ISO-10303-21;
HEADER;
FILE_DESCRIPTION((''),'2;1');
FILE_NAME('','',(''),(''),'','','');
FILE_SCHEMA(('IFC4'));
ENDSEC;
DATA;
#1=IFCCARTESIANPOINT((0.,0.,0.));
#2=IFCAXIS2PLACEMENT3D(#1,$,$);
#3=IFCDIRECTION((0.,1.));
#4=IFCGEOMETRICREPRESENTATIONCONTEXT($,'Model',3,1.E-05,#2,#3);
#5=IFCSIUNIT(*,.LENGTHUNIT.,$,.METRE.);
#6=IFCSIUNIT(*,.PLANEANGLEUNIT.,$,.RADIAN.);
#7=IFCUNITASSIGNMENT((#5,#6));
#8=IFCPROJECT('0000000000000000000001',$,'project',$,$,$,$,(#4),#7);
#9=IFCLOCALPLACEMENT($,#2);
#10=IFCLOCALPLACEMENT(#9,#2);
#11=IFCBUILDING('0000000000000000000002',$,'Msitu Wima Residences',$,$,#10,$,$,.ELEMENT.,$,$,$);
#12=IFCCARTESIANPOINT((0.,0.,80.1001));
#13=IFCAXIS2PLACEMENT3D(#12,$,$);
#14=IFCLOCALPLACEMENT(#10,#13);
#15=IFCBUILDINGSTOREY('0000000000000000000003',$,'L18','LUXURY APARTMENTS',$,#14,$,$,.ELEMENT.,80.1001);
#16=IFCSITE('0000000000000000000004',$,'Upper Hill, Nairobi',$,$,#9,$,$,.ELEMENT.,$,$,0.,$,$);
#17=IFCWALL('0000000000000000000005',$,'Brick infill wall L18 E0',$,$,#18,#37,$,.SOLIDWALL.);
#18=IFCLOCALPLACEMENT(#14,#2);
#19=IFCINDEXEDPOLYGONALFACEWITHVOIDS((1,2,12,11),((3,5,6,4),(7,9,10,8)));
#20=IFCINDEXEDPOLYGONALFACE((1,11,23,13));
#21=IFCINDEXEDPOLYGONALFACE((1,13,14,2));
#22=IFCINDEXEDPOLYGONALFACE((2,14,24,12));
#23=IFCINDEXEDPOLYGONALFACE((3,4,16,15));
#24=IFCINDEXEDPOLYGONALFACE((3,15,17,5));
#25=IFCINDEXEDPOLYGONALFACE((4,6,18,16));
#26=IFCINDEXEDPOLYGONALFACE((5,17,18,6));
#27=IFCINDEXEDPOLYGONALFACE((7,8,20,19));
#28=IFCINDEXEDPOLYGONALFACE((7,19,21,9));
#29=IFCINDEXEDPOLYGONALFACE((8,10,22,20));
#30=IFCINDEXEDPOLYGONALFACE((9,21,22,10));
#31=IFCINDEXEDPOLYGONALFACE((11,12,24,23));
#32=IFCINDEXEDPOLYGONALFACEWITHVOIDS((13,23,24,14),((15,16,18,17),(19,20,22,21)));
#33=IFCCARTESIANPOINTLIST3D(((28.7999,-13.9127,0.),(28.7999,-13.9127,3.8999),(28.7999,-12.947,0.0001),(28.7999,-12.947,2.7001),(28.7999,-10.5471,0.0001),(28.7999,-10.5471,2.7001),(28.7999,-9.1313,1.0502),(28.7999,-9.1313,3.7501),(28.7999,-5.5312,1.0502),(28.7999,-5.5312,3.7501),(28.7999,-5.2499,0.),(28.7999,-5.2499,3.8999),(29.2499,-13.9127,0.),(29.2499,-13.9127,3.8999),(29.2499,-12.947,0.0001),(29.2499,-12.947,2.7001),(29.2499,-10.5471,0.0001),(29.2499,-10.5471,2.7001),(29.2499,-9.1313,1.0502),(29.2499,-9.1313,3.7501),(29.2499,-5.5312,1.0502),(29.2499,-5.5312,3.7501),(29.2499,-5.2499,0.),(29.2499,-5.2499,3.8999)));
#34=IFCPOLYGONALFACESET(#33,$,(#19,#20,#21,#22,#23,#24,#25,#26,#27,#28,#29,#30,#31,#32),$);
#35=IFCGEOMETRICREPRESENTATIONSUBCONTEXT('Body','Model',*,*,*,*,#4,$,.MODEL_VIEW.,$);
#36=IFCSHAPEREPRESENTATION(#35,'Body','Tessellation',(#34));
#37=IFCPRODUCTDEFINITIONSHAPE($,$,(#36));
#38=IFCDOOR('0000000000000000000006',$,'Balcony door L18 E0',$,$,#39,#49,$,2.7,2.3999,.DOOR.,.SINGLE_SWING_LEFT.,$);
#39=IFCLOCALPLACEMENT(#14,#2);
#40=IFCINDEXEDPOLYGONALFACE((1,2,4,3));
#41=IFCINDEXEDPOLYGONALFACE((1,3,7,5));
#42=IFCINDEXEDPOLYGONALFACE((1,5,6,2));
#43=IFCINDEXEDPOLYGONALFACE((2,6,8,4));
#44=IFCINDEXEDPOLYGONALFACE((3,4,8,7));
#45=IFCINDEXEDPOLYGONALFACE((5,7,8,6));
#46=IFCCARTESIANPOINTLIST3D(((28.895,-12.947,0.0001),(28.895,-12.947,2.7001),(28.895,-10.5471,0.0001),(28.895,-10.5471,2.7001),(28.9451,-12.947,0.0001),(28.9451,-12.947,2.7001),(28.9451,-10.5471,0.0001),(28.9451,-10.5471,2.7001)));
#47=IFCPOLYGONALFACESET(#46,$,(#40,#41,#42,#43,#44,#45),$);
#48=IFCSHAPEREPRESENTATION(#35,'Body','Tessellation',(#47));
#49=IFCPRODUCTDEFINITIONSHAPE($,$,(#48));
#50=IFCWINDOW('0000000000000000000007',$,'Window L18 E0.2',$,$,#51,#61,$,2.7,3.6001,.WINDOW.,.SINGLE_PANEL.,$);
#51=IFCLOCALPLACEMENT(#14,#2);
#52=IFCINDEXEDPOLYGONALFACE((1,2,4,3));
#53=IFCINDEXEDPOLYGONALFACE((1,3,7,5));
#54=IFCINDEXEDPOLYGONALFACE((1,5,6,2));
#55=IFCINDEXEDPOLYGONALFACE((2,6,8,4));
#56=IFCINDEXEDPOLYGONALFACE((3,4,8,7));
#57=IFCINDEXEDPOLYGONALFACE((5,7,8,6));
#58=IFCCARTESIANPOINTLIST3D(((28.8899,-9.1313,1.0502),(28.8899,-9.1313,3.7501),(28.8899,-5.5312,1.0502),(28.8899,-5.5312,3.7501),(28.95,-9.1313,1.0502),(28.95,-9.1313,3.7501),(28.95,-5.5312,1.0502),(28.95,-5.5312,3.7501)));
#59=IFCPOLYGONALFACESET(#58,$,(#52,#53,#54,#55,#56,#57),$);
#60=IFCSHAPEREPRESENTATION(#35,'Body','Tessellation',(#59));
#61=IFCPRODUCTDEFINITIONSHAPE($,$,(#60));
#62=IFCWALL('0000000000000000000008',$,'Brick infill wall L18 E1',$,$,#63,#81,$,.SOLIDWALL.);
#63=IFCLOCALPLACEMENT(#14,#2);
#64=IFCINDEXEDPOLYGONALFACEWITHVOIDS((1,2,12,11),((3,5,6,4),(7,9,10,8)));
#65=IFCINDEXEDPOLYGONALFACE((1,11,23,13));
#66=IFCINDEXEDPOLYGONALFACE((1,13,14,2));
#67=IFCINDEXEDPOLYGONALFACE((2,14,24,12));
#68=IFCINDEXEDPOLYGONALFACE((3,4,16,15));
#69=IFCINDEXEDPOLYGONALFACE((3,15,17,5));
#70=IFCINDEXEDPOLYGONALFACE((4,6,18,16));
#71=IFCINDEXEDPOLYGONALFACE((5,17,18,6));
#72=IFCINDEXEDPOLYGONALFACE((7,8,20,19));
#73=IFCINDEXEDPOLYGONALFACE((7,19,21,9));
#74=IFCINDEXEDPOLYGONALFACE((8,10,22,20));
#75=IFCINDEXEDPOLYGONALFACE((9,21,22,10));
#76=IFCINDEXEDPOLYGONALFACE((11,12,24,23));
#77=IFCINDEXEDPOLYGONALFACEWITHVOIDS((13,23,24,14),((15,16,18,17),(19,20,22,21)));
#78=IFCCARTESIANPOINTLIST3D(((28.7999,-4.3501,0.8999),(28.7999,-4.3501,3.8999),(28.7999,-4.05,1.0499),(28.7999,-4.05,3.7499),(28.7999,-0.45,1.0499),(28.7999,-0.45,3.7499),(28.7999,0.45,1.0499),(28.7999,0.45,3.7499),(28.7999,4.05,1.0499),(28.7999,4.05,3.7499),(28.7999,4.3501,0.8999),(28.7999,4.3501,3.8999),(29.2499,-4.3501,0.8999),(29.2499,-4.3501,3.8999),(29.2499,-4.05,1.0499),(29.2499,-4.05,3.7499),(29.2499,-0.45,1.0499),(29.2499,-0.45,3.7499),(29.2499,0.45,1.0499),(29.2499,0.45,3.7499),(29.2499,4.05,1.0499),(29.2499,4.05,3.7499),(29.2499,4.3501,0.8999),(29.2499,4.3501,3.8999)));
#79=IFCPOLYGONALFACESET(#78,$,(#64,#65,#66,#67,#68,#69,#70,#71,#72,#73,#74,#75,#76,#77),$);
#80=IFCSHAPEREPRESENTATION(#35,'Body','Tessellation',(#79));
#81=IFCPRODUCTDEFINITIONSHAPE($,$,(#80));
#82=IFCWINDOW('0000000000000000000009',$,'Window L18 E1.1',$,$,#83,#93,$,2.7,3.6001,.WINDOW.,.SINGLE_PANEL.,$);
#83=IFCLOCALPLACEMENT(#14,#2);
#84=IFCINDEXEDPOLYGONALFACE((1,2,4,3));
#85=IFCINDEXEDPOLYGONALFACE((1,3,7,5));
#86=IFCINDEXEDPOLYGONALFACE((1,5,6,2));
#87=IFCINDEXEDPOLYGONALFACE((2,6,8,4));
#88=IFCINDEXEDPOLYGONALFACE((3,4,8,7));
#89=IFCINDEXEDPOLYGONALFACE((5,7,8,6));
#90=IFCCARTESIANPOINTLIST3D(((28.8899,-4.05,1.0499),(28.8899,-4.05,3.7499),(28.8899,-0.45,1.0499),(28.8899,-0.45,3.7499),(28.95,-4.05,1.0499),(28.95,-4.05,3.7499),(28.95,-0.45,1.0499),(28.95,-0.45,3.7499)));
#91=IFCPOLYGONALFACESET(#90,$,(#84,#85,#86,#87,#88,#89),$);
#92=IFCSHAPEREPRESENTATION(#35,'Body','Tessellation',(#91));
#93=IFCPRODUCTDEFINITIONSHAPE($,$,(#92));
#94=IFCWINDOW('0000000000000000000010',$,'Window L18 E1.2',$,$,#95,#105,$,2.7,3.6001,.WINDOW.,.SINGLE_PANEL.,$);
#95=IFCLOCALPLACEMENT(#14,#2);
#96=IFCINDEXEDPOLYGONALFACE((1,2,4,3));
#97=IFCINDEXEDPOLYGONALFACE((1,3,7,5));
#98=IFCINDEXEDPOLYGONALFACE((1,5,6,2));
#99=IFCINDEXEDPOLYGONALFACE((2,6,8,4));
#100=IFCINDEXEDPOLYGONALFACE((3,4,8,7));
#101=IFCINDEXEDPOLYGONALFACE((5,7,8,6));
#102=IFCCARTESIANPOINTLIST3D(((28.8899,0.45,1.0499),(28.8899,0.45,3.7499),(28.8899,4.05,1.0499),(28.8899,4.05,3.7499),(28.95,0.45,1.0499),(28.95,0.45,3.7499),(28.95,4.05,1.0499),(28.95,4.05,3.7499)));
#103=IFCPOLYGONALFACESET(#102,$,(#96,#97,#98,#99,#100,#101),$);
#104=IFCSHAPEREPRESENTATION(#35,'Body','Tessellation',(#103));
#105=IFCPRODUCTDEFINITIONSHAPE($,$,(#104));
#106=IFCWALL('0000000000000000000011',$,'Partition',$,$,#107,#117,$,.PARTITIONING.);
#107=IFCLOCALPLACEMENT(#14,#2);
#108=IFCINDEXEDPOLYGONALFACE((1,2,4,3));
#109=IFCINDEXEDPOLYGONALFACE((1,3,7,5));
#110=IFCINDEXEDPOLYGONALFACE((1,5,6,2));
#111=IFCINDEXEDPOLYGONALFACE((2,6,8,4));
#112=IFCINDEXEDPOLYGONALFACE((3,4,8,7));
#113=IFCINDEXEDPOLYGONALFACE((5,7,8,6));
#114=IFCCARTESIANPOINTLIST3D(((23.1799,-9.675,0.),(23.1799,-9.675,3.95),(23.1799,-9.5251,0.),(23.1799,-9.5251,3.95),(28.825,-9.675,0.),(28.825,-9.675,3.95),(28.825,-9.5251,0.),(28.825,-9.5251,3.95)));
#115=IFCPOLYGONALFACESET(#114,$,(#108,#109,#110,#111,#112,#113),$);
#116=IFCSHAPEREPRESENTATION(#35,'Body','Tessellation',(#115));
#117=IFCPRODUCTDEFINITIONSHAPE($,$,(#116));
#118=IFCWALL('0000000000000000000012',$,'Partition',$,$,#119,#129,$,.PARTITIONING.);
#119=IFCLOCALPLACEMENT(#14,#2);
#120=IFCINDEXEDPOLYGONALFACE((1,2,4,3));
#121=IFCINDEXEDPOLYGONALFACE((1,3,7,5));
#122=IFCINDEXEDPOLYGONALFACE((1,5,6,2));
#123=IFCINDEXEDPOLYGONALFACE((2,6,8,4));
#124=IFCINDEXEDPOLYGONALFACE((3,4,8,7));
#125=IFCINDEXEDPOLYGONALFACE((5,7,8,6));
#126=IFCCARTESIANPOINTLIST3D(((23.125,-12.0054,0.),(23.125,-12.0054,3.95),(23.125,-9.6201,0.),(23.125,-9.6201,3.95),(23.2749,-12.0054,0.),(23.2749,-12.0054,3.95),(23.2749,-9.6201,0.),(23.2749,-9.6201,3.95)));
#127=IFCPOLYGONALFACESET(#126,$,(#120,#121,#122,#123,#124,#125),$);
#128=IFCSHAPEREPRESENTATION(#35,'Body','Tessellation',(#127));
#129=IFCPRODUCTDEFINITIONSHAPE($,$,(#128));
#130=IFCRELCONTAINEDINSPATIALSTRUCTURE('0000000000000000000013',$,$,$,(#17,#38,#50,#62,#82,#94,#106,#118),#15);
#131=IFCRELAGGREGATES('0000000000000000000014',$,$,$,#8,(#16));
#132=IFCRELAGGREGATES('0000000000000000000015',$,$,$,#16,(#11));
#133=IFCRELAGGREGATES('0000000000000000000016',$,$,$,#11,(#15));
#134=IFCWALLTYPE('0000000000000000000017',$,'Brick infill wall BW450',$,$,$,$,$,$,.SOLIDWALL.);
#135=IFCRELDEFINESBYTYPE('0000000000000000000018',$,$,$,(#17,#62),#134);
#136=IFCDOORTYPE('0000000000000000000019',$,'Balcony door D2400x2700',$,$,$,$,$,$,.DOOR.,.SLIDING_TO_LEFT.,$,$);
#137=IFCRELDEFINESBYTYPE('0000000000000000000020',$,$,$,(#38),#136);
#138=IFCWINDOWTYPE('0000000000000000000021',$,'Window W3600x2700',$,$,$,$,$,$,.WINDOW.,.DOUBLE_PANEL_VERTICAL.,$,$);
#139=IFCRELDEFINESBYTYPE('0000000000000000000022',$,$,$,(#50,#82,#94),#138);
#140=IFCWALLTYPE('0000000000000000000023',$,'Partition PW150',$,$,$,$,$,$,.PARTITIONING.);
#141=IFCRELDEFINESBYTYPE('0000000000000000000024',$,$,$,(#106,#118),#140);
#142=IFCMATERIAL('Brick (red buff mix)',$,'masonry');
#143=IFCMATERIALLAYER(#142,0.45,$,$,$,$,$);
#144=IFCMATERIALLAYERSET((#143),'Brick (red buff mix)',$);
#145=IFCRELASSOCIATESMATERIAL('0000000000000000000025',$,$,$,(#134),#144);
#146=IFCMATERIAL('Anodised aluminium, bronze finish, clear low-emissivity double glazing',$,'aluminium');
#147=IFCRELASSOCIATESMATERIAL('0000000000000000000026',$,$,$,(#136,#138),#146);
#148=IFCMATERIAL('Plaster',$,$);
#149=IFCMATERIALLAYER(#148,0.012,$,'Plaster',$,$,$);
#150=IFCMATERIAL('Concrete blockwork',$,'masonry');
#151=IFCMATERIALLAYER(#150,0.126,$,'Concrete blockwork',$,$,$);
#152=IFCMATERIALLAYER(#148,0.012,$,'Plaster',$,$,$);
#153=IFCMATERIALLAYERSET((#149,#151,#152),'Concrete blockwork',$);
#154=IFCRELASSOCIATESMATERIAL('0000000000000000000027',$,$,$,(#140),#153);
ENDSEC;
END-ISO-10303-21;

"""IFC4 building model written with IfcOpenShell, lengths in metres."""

from ifc_helpers import new_model, si_unit, direction, frame, frame_2d, origin, place, context, subcontext, project, spatial, rectangle, extrude, material, layer, layer_set, type_object, element, fill, save


model = new_model("IFC4")

# Units and contexts
model_context = context("Model", 3, precision=1e-05, world=origin(), true_north=direction((0.0, 1.0)))
body_context = subcontext(model_context, "Body", "Model", "MODEL_VIEW")
ifc_project = project(units=[si_unit("LENGTHUNIT", "METRE"), si_unit("PLANEANGLEUNIT", "RADIAN")], contexts=[model_context])

# Site, building, storey
site_placement = place(None, origin())
site = spatial("IfcSite", under=ifc_project, at=site_placement, Name="Upper Hill, Nairobi", CompositionType="ELEMENT", RefElevation=0.0)
building_placement = place(site_placement, origin())
building = spatial("IfcBuilding", under=site, at=building_placement, Name="Msitu Wima Residences", CompositionType="ELEMENT")
storey_placement = place(building_placement, frame((0.0, 0.0, 80.1001)))
storey = spatial("IfcBuildingStorey", under=building, at=storey_placement, Name="L18", Description="LUXURY APARTMENTS", CompositionType="ELEMENT", Elevation=80.1001)

# Wall, openings, door, window
ifc_material_1 = material(Name="Brick (red buff mix)", Category="masonry")
ifc_layer_1 = layer(ifc_material_1, 0.45)
ifc_layer_set_1 = layer_set([ifc_layer_1], Name="Brick (red buff mix)")
wall_type_1 = type_object("IfcWallType", Name="Brick infill wall BW450", PredefinedType="SOLIDWALL", material=ifc_layer_set_1)
wall_1_placement = place(storey_placement, frame((29.0249, -13.9128, 0.0), z_axis=(0.0, 0.0, 1.0), x_axis=(0.0, 1.0, 0.0)))
wall_1 = element("IfcWall", 1, at=wall_1_placement, inside=storey, type_object=wall_type_1, Name="Brick infill wall L18 E0", PredefinedType="SOLIDWALL", context=body_context, shape_type="SweptSolid", body=[
    extrude(rectangle(XDim=8.6628, YDim=0.45, at=frame_2d((4.3315, 0.0))), origin(), (0.0, 0.0, 1.0), 3.8999),
])
opening_1_placement = place(wall_1_placement, frame((0.9658, 0.0, 0.0)))
opening_1 = element("IfcOpeningElement", 2, at=opening_1_placement, cuts=wall_1, PredefinedType="OPENING", context=body_context, shape_type="SweptSolid", body=[
    extrude(rectangle(XDim=2.3999, YDim=2.7, at=frame_2d((1.2, 1.3501))), frame((0.0, 0.2349, 0.0), z_axis=(0.0, -1.0, 0.0), x_axis=(1.0, 0.0, 0.0)), (0.0, 0.0, 1.0), 0.47),
])
opening_2_placement = place(wall_1_placement, frame((4.7815, 0.0, 1.05)))
opening_2 = element("IfcOpeningElement", 3, at=opening_2_placement, cuts=wall_1, PredefinedType="OPENING", context=body_context, shape_type="SweptSolid", body=[
    extrude(rectangle(XDim=3.6001, YDim=2.7, at=frame_2d((1.8, 1.3501))), frame((0.0, 0.2349, 0.0), z_axis=(0.0, -1.0, 0.0), x_axis=(1.0, 0.0, 0.0)), (0.0, 0.0, 1.0), 0.47),
])
ifc_material_2 = material(Name="Anodised aluminium, bronze finish, clear low-emissivity double glazing", Category="aluminium")
door_type_1 = type_object("IfcDoorType", Name="Balcony door D2400x2700", OperationType="SLIDING_TO_LEFT", PredefinedType="DOOR", material=ifc_material_2)
door_1_placement = place(opening_1_placement, origin())
door_1 = element("IfcDoor", 4, at=door_1_placement, inside=storey, type_object=door_type_1, Name="Balcony door L18 E0", OperationType="SINGLE_SWING_LEFT", OverallHeight=2.7, OverallWidth=2.3999, PredefinedType="DOOR", context=body_context, shape_type="SweptSolid", body=[
    extrude(rectangle(XDim=2.3999, YDim=2.7, at=frame_2d((1.2, 1.3501))), frame((0.0, 0.1299, 0.0), z_axis=(0.0, -1.0, 0.0), x_axis=(1.0, 0.0, 0.0)), (0.0, 0.0, 1.0), 0.05),
])
fill(opening_1, door_1)
window_type = type_object("IfcWindowType", Name="Window W3600x2700", PartitioningType="DOUBLE_PANEL_VERTICAL", PredefinedType="WINDOW", material=ifc_material_2)
window_1_placement = place(opening_2_placement, origin())
window_1 = element("IfcWindow", 5, at=window_1_placement, inside=storey, type_object=window_type, Name="Window L18 E0.2", OverallHeight=2.7, OverallWidth=3.6001, PartitioningType="SINGLE_PANEL", PredefinedType="WINDOW", context=body_context, shape_type="SweptSolid", body=[
    extrude(rectangle(XDim=3.6001, YDim=2.7, at=frame_2d((1.8, 1.3501))), frame((0.0, 0.135, 0.0), z_axis=(0.0, -1.0, 0.0), x_axis=(1.0, 0.0, 0.0)), (0.0, 0.0, 1.0), 0.0601),
])
fill(opening_2, window_1)

# Wall, openings, windows
wall_2_placement = place(storey_placement, frame((29.0249, -4.3501, 0.8999), z_axis=(0.0, 0.0, 1.0), x_axis=(0.0, 1.0, 0.0)))
wall_2 = element("IfcWall", 6, at=wall_2_placement, inside=storey, type_object=wall_type_1, Name="Brick infill wall L18 E1", PredefinedType="SOLIDWALL", context=body_context, shape_type="SweptSolid", body=[
    extrude(rectangle(XDim=8.7002, YDim=0.45, at=frame_2d((4.3501, 0.0))), origin(), (0.0, 0.0, 1.0), 3.0),
])
opening_3_placement = place(wall_2_placement, frame((0.3, 0.0, 0.1499)))
opening_3 = element("IfcOpeningElement", 7, at=opening_3_placement, cuts=wall_2, PredefinedType="OPENING", context=body_context, shape_type="SweptSolid", body=[
    extrude(rectangle(XDim=3.6001, YDim=2.7, at=frame_2d((1.8, 1.3501))), frame((0.0, 0.2349, 0.0), z_axis=(0.0, -1.0, 0.0), x_axis=(1.0, 0.0, 0.0)), (0.0, 0.0, 1.0), 0.47),
])
opening_4_placement = place(wall_2_placement, frame((4.8, 0.0, 0.1499)))
opening_4 = element("IfcOpeningElement", 8, at=opening_4_placement, cuts=wall_2, PredefinedType="OPENING", context=body_context, shape_type="SweptSolid", body=[
    extrude(rectangle(XDim=3.6001, YDim=2.7, at=frame_2d((1.8, 1.3501))), frame((0.0, 0.2349, 0.0), z_axis=(0.0, -1.0, 0.0), x_axis=(1.0, 0.0, 0.0)), (0.0, 0.0, 1.0), 0.47),
])
window_2_placement = place(opening_3_placement, origin())
window_2 = element("IfcWindow", 9, at=window_2_placement, inside=storey, type_object=window_type, Name="Window L18 E1.1", OverallHeight=2.7, OverallWidth=3.6001, PartitioningType="SINGLE_PANEL", PredefinedType="WINDOW", context=body_context, shape_type="SweptSolid", body=[
    extrude(rectangle(XDim=3.6001, YDim=2.7, at=frame_2d((1.8, 1.3501))), frame((0.0, 0.135, 0.0), z_axis=(0.0, -1.0, 0.0), x_axis=(1.0, 0.0, 0.0)), (0.0, 0.0, 1.0), 0.0601),
])
fill(opening_3, window_2)
window_3_placement = place(opening_4_placement, origin())
window_3 = element("IfcWindow", 10, at=window_3_placement, inside=storey, type_object=window_type, Name="Window L18 E1.2", OverallHeight=2.7, OverallWidth=3.6001, PartitioningType="SINGLE_PANEL", PredefinedType="WINDOW", context=body_context, shape_type="SweptSolid", body=[
    extrude(rectangle(XDim=3.6001, YDim=2.7, at=frame_2d((1.8, 1.3501))), frame((0.0, 0.135, 0.0), z_axis=(0.0, -1.0, 0.0), x_axis=(1.0, 0.0, 0.0)), (0.0, 0.0, 1.0), 0.0601),
])
fill(opening_4, window_3)

# Walls
ifc_material_3 = material(Name="Plaster")
ifc_layer_2 = layer(ifc_material_3, 0.012, Name="Plaster")
ifc_material_4 = material(Name="Concrete blockwork", Category="masonry")
ifc_layer_3 = layer(ifc_material_4, 0.126, Name="Concrete blockwork")
ifc_layer_4 = layer(ifc_material_3, 0.012, Name="Plaster")
ifc_layer_set_2 = layer_set([ifc_layer_2, ifc_layer_3, ifc_layer_4], Name="Concrete blockwork")
wall_type_2 = type_object("IfcWallType", Name="Partition PW150", PredefinedType="PARTITIONING", material=ifc_layer_set_2)
wall_3_placement = place(storey_placement, frame((23.1799, -9.6001, 0.0), z_axis=(0.0, 0.0, 1.0), x_axis=(1.0, 0.0, 0.0)))
element("IfcWall", 11, at=wall_3_placement, inside=storey, type_object=wall_type_2, Name="Partition", PredefinedType="PARTITIONING", context=body_context, shape_type="SweptSolid", body=[
    extrude(rectangle(XDim=5.645, YDim=0.1499, at=frame_2d((2.8225, 0.0))), origin(), (0.0, 0.0, 1.0), 3.95),
])
wall_4_placement = place(storey_placement, frame((23.2, -12.0054, 0.0), z_axis=(0.0, 0.0, 1.0), x_axis=(0.0, 1.0, 0.0)))
element("IfcWall", 12, at=wall_4_placement, inside=storey, type_object=wall_type_2, Name="Partition", PredefinedType="PARTITIONING", context=body_context, shape_type="SweptSolid", body=[
    extrude(rectangle(XDim=2.3853, YDim=0.1499, at=frame_2d((1.1926, 0.0))), origin(), (0.0, 0.0, 1.0), 3.95),
])

save(model, "model.ifc")
